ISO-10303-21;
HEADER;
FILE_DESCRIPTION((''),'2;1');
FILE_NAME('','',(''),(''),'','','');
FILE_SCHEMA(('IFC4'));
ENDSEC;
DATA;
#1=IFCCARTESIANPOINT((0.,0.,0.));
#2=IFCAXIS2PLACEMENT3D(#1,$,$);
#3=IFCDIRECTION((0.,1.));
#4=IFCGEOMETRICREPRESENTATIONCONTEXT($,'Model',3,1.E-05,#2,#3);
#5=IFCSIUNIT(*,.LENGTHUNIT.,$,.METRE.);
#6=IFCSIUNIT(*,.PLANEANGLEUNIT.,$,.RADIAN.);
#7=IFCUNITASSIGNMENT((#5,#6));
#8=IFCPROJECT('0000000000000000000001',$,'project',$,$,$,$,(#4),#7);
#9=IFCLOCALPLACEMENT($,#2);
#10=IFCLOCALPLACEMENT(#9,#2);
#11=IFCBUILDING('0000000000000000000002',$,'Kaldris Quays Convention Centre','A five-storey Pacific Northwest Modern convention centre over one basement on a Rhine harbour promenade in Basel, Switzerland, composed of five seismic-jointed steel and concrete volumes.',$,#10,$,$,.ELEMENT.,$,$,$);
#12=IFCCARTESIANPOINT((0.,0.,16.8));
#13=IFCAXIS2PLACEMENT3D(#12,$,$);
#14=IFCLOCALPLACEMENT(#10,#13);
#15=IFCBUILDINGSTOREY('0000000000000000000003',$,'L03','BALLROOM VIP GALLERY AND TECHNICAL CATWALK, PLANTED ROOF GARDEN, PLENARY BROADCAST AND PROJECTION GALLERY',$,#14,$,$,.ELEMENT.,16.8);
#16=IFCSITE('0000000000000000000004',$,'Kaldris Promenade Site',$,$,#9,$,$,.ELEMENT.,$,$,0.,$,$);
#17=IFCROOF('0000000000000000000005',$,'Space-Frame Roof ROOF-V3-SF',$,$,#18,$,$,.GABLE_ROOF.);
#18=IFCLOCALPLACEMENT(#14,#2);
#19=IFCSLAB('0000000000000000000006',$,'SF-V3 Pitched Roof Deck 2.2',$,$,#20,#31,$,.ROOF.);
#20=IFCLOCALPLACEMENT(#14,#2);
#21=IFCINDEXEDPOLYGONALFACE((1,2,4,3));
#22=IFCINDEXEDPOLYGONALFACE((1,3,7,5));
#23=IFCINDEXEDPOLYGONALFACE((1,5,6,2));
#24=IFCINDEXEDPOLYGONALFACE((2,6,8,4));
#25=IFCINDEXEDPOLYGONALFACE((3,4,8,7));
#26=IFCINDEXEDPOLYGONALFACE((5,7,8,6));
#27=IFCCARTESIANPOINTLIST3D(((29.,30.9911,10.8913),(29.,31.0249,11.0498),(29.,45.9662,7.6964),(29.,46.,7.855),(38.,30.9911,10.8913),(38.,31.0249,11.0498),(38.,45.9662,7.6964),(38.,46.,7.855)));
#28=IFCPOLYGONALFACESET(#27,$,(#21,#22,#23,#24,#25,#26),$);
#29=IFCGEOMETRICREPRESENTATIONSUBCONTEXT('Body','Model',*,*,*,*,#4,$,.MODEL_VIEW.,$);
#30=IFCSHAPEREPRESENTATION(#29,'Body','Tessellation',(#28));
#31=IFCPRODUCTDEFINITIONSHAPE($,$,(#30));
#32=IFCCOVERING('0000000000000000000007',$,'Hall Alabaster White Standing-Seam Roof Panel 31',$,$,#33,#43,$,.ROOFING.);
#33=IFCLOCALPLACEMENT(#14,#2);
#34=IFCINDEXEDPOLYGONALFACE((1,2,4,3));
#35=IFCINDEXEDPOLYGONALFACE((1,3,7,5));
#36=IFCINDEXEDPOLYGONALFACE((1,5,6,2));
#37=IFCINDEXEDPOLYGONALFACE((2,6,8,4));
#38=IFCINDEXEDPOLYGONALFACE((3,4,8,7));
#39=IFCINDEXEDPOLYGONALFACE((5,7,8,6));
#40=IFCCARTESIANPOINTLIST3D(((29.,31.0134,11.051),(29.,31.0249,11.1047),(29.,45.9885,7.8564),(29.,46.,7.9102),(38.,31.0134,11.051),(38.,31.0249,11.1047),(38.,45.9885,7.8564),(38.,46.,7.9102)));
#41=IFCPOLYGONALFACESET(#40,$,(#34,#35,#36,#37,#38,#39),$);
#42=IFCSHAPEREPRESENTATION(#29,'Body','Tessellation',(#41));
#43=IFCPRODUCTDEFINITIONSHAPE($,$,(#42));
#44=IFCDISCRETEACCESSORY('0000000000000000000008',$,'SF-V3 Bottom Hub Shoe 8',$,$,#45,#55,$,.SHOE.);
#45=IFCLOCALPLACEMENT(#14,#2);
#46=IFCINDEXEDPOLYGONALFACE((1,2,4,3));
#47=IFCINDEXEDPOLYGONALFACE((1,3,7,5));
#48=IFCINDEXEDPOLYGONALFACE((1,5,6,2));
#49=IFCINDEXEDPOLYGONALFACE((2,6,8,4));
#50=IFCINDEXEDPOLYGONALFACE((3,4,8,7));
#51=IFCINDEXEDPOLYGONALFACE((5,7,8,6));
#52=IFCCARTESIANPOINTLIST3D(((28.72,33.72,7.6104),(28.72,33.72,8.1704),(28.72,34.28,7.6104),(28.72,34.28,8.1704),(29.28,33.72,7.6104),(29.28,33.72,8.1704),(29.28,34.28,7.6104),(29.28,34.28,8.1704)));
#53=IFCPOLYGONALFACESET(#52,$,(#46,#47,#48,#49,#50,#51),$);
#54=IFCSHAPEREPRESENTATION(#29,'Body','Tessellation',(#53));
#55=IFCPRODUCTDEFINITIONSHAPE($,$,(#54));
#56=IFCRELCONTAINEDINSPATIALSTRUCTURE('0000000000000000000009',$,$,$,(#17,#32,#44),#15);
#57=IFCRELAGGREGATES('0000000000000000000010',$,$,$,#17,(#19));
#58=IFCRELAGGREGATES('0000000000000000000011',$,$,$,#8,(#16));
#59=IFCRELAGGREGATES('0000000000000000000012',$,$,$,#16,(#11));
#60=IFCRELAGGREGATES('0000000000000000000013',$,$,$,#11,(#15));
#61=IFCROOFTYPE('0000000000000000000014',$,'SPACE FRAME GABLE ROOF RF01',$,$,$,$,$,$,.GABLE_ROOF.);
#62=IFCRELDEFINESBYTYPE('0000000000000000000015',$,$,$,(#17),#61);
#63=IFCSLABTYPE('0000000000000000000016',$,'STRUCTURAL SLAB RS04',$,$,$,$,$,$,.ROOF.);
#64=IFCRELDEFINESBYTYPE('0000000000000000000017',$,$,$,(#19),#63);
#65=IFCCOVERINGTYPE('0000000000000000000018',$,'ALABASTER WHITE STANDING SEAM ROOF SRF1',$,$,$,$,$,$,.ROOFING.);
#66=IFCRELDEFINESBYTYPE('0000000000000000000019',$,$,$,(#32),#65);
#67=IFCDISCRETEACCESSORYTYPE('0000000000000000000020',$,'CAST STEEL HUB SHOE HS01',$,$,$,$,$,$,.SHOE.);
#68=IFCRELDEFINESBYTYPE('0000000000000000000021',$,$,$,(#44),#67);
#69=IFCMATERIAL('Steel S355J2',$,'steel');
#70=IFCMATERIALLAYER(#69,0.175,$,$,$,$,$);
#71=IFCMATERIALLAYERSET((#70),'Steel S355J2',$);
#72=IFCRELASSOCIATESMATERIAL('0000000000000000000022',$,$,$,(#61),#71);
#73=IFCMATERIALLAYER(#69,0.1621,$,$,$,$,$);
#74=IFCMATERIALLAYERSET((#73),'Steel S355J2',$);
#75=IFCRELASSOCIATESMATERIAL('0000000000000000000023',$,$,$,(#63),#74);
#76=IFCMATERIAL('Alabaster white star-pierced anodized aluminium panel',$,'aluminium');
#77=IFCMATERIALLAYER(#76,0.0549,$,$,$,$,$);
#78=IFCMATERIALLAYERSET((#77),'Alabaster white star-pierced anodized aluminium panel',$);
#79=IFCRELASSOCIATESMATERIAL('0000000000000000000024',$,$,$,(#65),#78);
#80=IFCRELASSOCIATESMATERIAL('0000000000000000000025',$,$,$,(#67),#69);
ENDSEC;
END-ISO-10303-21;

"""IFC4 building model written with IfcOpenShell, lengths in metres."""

from ifc_helpers import new_model, si_unit, direction, frame, origin, origin_2d, place, context, subcontext, project, spatial, polyline, rectangle, outline, extrude, material, layer, layer_set, type_object, element, aggregate, save


model = new_model("IFC4")

# Units and contexts
model_context = context("Model", 3, precision=1e-05, world=origin(), true_north=direction((0.0, 1.0)))
body_context = subcontext(model_context, "Body", "Model", "MODEL_VIEW")
ifc_project = project(units=[si_unit("LENGTHUNIT", "METRE"), si_unit("PLANEANGLEUNIT", "RADIAN")], contexts=[model_context])

# Site, building, storey
site_placement = place(None, origin())
site = spatial("IfcSite", under=ifc_project, at=site_placement, Name="Kaldris Promenade Site", CompositionType="ELEMENT", RefElevation=0.0)
building_placement = place(site_placement, origin())
building = spatial("IfcBuilding", under=site, at=building_placement, Name="Kaldris Quays Convention Centre", Description="A five-storey Pacific Northwest Modern convention centre over one basement on a Rhine harbour promenade in Basel, Switzerland, composed of five seismic-jointed steel and concrete volumes.", CompositionType="ELEMENT")
storey_placement = place(building_placement, frame((0.0, 0.0, 16.8)))
storey = spatial("IfcBuildingStorey", under=building, at=storey_placement, Name="L03", Description="BALLROOM VIP GALLERY AND TECHNICAL CATWALK, PLANTED ROOF GARDEN, PLENARY BROADCAST AND PROJECTION GALLERY", CompositionType="ELEMENT", Elevation=16.8)

# Roof, slab
ifc_material_1 = material(Name="Steel S355J2", Category="steel")
ifc_layer_1 = layer(ifc_material_1, 0.175)
ifc_layer_set_1 = layer_set([ifc_layer_1], Name="Steel S355J2")
roof_type = type_object("IfcRoofType", Name="SPACE FRAME GABLE ROOF RF01", PredefinedType="GABLE_ROOF", material=ifc_layer_set_1)
roof_placement = place(storey_placement, origin())
roof = element("IfcRoof", 1, at=roof_placement, inside=storey, type_object=roof_type, Name="Space-Frame Roof ROOF-V3-SF", PredefinedType="GABLE_ROOF")
ifc_layer_2 = layer(ifc_material_1, 0.1621)
ifc_layer_set_2 = layer_set([ifc_layer_2], Name="Steel S355J2")
slab_type = type_object("IfcSlabType", Name="STRUCTURAL SLAB RS04", PredefinedType="ROOF", material=ifc_layer_set_2)
slab_placement = place(storey_placement, frame((29.0, 31.0249, 11.0498), z_axis=(0.0, 0.208647, 0.977991), x_axis=(1.0, 0.0, 0.0)))
slab = element("IfcSlab", 2, at=slab_placement, type_object=slab_type, Name="SF-V3 Pitched Roof Deck 2.2", PredefinedType="ROOF", context=body_context, shape_type="SweptSolid", body=[
    extrude(outline(polyline([(0.0, 0.0), (9.0, 0.0), (9.0, 15.3121), (0.0, 15.3121), (0.0, 0.0)])), origin(), (0.0, 0.0, -1.0), 0.1621),
])
aggregate(roof, [slab])

# Covering
ifc_material_2 = material(Name="Alabaster white star-pierced anodized aluminium panel", Category="aluminium")
ifc_layer_3 = layer(ifc_material_2, 0.0549)
ifc_layer_set_3 = layer_set([ifc_layer_3], Name="Alabaster white star-pierced anodized aluminium panel")
covering_type = type_object("IfcCoveringType", Name="ALABASTER WHITE STANDING SEAM ROOF SRF1", PredefinedType="ROOFING", material=ifc_layer_set_3)
covering_placement = place(storey_placement, frame((29.0, 31.0249, 11.1047), z_axis=(0.0, 0.208632, 0.977994), x_axis=(1.0, 0.0, 0.0)))
element("IfcCovering", 3, at=covering_placement, inside=storey, type_object=covering_type, Name="Hall Alabaster White Standing-Seam Roof Panel 31", PredefinedType="ROOFING", context=body_context, shape_type="SweptSolid", body=[
    extrude(outline(polyline([(0.0, 0.0), (9.0, 0.0), (9.0, 15.3121), (0.0, 15.3121), (0.0, 0.0)])), origin(), (0.0, 0.0, -1.0), 0.0549),
])

# Discrete accessory
discrete_accessory_type = type_object("IfcDiscreteAccessoryType", Name="CAST STEEL HUB SHOE HS01", PredefinedType="SHOE", material=ifc_material_1)
discrete_accessory_placement = place(storey_placement, frame((29.0, 34.0, 7.6104), z_axis=(0.0, 0.0, 1.0), x_axis=(1.0, 0.0, 0.0)))
element("IfcDiscreteAccessory", 4, at=discrete_accessory_placement, inside=storey, type_object=discrete_accessory_type, Name="SF-V3 Bottom Hub Shoe 8", PredefinedType="SHOE", context=body_context, shape_type="SweptSolid", body=[
    extrude(rectangle(XDim=0.5601, YDim=0.5601, at=origin_2d()), origin(), (0.0, 0.0, 1.0), 0.5601),
])

save(model, "model.ifc")
